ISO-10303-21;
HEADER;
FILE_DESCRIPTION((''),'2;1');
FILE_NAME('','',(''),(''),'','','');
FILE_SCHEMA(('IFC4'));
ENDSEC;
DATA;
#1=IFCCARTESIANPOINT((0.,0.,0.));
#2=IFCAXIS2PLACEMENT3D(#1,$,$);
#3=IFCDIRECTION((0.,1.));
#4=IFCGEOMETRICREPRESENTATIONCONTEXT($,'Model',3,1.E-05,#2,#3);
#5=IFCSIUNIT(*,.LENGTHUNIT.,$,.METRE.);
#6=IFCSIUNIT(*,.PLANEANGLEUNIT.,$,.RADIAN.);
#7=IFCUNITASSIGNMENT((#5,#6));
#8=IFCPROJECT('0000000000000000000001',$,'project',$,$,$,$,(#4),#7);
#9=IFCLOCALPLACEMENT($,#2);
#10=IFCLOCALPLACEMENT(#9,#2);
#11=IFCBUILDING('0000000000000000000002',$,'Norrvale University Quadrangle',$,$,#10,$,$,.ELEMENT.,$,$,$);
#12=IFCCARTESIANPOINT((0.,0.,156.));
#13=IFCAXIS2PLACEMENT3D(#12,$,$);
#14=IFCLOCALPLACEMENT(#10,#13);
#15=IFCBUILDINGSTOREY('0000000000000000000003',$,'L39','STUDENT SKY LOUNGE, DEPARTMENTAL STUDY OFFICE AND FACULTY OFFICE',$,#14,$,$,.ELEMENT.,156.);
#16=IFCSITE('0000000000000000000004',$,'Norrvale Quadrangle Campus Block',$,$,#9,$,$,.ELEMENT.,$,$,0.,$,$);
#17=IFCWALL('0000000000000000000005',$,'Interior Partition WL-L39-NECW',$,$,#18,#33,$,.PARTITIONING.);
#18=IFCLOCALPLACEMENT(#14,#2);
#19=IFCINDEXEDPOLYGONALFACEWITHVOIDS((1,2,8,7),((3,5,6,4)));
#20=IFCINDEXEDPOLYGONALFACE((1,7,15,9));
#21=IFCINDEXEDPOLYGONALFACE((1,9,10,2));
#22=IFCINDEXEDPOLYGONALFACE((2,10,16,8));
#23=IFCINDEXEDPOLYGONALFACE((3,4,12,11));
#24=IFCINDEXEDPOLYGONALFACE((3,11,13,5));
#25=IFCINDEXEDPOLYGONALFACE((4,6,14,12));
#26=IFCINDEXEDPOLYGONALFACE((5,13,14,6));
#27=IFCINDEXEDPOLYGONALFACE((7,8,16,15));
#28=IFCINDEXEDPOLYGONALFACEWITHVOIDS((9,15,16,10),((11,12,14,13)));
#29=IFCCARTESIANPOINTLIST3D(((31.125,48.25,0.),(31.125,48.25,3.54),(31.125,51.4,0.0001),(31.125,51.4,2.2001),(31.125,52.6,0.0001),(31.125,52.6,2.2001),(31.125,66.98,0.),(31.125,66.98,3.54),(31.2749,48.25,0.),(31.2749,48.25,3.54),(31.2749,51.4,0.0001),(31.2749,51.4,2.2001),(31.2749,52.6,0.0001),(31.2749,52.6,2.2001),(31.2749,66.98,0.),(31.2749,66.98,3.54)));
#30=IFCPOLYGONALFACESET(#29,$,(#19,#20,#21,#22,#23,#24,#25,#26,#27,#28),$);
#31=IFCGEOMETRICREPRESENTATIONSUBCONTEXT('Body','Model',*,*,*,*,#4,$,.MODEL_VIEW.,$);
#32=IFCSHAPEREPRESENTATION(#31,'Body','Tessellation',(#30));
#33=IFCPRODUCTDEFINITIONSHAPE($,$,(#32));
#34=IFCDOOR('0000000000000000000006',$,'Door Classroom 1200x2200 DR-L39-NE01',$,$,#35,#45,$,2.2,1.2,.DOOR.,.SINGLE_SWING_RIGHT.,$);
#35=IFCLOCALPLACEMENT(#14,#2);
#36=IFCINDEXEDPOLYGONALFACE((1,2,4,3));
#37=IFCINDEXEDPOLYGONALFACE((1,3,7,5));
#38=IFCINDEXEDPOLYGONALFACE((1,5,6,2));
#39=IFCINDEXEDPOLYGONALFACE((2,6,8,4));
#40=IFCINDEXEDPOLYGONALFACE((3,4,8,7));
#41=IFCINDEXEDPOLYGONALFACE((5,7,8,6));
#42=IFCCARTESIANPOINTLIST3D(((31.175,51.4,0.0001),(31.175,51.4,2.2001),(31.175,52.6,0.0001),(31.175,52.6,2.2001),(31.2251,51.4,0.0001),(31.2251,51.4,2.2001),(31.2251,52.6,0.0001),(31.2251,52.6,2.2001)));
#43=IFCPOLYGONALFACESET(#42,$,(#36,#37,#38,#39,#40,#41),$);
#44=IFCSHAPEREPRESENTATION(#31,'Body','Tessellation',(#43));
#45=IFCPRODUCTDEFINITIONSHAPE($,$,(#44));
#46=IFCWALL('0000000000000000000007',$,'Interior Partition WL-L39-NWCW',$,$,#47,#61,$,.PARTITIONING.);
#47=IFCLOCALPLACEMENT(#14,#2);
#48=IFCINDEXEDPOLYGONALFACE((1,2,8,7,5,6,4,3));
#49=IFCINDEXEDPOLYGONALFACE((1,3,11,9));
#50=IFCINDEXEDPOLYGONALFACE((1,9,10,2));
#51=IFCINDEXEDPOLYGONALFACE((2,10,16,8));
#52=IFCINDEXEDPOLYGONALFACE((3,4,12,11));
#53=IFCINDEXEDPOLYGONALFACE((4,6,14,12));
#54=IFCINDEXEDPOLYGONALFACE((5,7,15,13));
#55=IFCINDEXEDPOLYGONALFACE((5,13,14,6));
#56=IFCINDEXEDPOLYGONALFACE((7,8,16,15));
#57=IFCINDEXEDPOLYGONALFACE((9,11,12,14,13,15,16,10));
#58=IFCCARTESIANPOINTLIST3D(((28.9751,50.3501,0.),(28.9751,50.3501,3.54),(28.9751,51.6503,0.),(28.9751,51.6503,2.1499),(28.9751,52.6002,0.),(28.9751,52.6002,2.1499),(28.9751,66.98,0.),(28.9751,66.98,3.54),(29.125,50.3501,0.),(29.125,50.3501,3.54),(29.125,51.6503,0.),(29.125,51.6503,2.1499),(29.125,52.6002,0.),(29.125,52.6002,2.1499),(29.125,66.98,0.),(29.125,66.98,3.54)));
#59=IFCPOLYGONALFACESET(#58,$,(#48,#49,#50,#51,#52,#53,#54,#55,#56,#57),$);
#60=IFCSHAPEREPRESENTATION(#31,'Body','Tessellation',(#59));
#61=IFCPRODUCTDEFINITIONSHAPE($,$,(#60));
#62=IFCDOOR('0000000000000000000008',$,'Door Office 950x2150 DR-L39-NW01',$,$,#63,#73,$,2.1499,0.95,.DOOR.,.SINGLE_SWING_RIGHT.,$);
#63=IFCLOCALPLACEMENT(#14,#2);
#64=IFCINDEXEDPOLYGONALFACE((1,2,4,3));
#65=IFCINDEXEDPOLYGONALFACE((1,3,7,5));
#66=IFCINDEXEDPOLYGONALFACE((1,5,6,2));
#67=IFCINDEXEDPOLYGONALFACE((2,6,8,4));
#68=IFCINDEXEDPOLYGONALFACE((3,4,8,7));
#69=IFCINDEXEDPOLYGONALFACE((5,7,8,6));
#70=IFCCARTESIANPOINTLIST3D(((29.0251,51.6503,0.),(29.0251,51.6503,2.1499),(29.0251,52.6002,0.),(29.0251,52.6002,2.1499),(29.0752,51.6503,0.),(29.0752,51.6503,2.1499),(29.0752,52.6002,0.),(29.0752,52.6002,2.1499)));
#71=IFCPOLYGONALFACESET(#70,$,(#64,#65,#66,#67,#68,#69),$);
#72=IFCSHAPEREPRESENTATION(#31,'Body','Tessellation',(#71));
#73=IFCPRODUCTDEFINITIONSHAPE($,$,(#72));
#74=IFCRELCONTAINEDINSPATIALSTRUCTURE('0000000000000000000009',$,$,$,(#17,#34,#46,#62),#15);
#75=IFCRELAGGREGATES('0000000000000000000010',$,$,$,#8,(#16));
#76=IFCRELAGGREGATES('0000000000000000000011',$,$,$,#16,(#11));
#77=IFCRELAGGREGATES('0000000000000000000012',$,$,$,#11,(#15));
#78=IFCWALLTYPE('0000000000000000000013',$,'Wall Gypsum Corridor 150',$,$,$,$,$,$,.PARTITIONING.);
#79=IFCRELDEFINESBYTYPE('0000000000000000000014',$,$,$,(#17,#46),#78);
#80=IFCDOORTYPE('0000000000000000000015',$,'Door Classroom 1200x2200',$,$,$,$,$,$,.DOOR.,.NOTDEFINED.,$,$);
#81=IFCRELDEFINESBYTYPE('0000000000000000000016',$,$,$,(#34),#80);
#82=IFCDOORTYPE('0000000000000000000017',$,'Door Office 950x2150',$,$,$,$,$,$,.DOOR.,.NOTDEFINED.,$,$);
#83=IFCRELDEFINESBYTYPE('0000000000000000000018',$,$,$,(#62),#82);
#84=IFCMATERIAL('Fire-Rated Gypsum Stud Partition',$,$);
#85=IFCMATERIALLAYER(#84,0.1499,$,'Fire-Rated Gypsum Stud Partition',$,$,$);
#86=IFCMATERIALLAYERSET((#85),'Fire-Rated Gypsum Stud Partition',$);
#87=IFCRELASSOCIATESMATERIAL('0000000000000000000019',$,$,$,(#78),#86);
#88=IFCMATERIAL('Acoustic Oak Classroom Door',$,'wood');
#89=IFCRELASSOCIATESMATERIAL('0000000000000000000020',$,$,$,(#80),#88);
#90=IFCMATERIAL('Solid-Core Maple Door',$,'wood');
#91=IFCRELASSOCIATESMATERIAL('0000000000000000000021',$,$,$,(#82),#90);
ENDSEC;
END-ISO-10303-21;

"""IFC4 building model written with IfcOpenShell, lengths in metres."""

from ifc_helpers import new_model, si_unit, direction, frame, frame_2d, origin, place, context, subcontext, project, spatial, rectangle, extrude, material, layer, layer_set, type_object, element, fill, save


model = new_model("IFC4")

# Units and contexts
model_context = context("Model", 3, precision=1e-05, world=origin(), true_north=direction((0.0, 1.0)))
body_context = subcontext(model_context, "Body", "Model", "MODEL_VIEW")
ifc_project = project(units=[si_unit("LENGTHUNIT", "METRE"), si_unit("PLANEANGLEUNIT", "RADIAN")], contexts=[model_context])

# Site, building, storey
site_placement = place(None, origin())
site = spatial("IfcSite", under=ifc_project, at=site_placement, Name="Norrvale Quadrangle Campus Block", CompositionType="ELEMENT", RefElevation=0.0)
building_placement = place(site_placement, origin())
building = spatial("IfcBuilding", under=site, at=building_placement, Name="Norrvale University Quadrangle", CompositionType="ELEMENT")
storey_placement = place(building_placement, frame((0.0, 0.0, 156.0)))
storey = spatial("IfcBuildingStorey", under=building, at=storey_placement, Name="L39", Description="STUDENT SKY LOUNGE, DEPARTMENTAL STUDY OFFICE AND FACULTY OFFICE", CompositionType="ELEMENT", Elevation=156.0)

# Shared definitions
ifc_material_1 = material(Name="Fire-Rated Gypsum Stud Partition")
ifc_layer_1 = layer(ifc_material_1, 0.1499, Name="Fire-Rated Gypsum Stud Partition")
ifc_layer_set_1 = layer_set([ifc_layer_1], Name="Fire-Rated Gypsum Stud Partition")
wall_type_1 = type_object("IfcWallType", Name="Wall Gypsum Corridor 150", PredefinedType="PARTITIONING", material=ifc_layer_set_1)

# Walls, openings, doors
wall_1_placement = place(storey_placement, frame((31.2, 48.25, 0.0), z_axis=(0.0, 0.0, 1.0), x_axis=(0.0, 1.0, 0.0)))
wall_1 = element("IfcWall", 1, at=wall_1_placement, inside=storey, type_object=wall_type_1, Name="Interior Partition WL-L39-NECW", PredefinedType="PARTITIONING", context=body_context, shape_type="SweptSolid", body=[
    extrude(rectangle(XDim=18.73, YDim=0.1499, at=frame_2d((9.365, 0.0))), origin(), (0.0, 0.0, 1.0), 3.54),
])
opening_1_placement = place(wall_1_placement, frame((3.1499, 0.0, 0.0)))
opening_1 = element("IfcOpeningElement", 2, at=opening_1_placement, cuts=wall_1, PredefinedType="OPENING", context=body_context, shape_type="SweptSolid", body=[
    extrude(rectangle(XDim=1.2, YDim=2.2, at=frame_2d((0.6001, 1.1001))), frame((0.0, 0.0869, 0.0), z_axis=(0.0, -1.0, 0.0), x_axis=(1.0, 0.0, 0.0)), (0.0, 0.0, 1.0), 0.1738),
])
ifc_material_2 = material(Name="Acoustic Oak Classroom Door", Category="wood")
door_type_1 = type_object("IfcDoorType", Name="Door Classroom 1200x2200", OperationType="NOTDEFINED", PredefinedType="DOOR", material=ifc_material_2)
door_1_placement = place(opening_1_placement, origin())
door_1 = element("IfcDoor", 3, at=door_1_placement, inside=storey, type_object=door_type_1, Name="Door Classroom 1200x2200 DR-L39-NE01", OperationType="SINGLE_SWING_RIGHT", OverallHeight=2.2, OverallWidth=1.2, PredefinedType="DOOR", context=body_context, shape_type="SweptSolid", body=[
    extrude(rectangle(XDim=1.2, YDim=2.2, at=frame_2d((0.6001, 1.1001))), frame((0.0, 0.0249, 0.0), z_axis=(0.0, -1.0, 0.0), x_axis=(1.0, 0.0, 0.0)), (0.0, 0.0, 1.0), 0.05),
])
fill(opening_1, door_1)
wall_2_placement = place(storey_placement, frame((29.05, 50.3501, 0.0), z_axis=(0.0, 0.0, 1.0), x_axis=(0.0, 1.0, 0.0)))
wall_2 = element("IfcWall", 4, at=wall_2_placement, inside=storey, type_object=wall_type_1, Name="Interior Partition WL-L39-NWCW", PredefinedType="PARTITIONING", context=body_context, shape_type="SweptSolid", body=[
    extrude(rectangle(XDim=16.6299, YDim=0.1499, at=frame_2d((8.3149, 0.0))), origin(), (0.0, 0.0, 1.0), 3.54),
])
opening_2_placement = place(wall_2_placement, frame((1.3, 0.0, 0.0)))
opening_2 = element("IfcOpeningElement", 5, at=opening_2_placement, cuts=wall_2, PredefinedType="OPENING", context=body_context, shape_type="SweptSolid", body=[
    extrude(rectangle(XDim=0.95, YDim=2.1499, at=frame_2d((0.4751, 1.075))), frame((0.0, 0.0869, 0.0), z_axis=(0.0, -1.0, 0.0), x_axis=(1.0, 0.0, 0.0)), (0.0, 0.0, 1.0), 0.1738),
])
ifc_material_3 = material(Name="Solid-Core Maple Door", Category="wood")
door_type_2 = type_object("IfcDoorType", Name="Door Office 950x2150", OperationType="NOTDEFINED", PredefinedType="DOOR", material=ifc_material_3)
door_2_placement = place(opening_2_placement, origin())
door_2 = element("IfcDoor", 6, at=door_2_placement, inside=storey, type_object=door_type_2, Name="Door Office 950x2150 DR-L39-NW01", OperationType="SINGLE_SWING_RIGHT", OverallHeight=2.1499, OverallWidth=0.95, PredefinedType="DOOR", context=body_context, shape_type="SweptSolid", body=[
    extrude(rectangle(XDim=0.95, YDim=2.1499, at=frame_2d((0.4751, 1.075))), frame((0.0, 0.0249, 0.0), z_axis=(0.0, -1.0, 0.0), x_axis=(1.0, 0.0, 0.0)), (0.0, 0.0, 1.0), 0.05),
])
fill(opening_2, door_2)

save(model, "model.ifc")
